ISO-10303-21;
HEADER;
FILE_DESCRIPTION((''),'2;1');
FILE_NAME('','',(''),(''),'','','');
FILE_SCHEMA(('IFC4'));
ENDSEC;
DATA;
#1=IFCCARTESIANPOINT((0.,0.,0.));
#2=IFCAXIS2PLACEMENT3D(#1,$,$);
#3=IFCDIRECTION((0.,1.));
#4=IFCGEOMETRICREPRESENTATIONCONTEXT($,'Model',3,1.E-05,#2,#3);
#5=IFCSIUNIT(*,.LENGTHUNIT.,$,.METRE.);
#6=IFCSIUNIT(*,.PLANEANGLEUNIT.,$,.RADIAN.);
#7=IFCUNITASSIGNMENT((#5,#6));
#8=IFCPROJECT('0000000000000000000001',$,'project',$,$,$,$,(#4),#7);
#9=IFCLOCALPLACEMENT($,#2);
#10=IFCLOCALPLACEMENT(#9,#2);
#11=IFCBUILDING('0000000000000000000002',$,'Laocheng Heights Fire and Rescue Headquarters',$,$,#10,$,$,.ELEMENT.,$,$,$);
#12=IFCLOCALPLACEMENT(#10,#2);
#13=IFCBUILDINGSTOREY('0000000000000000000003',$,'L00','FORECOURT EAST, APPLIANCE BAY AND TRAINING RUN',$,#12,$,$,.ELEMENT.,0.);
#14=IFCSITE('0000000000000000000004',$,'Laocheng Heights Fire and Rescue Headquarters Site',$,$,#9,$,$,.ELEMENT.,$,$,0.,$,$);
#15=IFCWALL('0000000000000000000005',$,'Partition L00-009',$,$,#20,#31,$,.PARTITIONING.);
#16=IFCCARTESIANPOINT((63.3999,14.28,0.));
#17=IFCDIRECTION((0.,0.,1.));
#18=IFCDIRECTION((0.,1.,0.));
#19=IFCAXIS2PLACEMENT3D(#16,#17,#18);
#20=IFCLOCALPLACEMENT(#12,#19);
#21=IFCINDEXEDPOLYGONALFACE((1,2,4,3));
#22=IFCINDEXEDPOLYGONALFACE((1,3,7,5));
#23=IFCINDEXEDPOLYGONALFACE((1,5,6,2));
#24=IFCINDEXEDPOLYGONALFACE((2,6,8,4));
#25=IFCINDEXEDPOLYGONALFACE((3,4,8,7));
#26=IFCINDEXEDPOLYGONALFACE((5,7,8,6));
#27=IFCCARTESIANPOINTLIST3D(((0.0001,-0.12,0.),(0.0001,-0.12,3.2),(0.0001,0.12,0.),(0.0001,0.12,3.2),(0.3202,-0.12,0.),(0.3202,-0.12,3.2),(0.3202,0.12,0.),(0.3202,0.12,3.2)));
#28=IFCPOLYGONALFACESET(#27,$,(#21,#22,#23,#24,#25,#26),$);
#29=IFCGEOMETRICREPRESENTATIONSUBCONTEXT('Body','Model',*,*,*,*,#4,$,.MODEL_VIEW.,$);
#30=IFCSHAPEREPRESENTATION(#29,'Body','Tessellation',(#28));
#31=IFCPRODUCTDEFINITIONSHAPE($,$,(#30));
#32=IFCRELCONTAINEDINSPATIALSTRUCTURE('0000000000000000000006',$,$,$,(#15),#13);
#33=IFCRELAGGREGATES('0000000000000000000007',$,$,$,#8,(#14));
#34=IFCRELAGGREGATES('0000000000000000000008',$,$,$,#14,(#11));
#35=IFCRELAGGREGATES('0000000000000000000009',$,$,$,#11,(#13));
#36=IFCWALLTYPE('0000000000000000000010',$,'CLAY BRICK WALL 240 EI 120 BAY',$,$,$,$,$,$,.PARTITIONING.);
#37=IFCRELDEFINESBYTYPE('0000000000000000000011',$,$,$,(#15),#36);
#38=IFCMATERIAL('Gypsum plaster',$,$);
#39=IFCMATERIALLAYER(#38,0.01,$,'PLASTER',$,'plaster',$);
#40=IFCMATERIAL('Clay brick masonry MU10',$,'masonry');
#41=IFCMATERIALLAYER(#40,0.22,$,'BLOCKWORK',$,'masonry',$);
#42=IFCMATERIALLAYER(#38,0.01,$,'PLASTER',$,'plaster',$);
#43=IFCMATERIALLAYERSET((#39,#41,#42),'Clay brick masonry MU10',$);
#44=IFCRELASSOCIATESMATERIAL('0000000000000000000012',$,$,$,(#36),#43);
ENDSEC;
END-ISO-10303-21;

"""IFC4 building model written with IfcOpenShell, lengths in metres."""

from ifc_helpers import new_model, si_unit, direction, frame, frame_2d, origin, place, context, subcontext, project, spatial, rectangle, extrude, material, layer, layer_set, type_object, element, save


model = new_model("IFC4")

# Units and contexts
model_context = context("Model", 3, precision=1e-05, world=origin(), true_north=direction((0.0, 1.0)))
body_context = subcontext(model_context, "Body", "Model", "MODEL_VIEW")
ifc_project = project(units=[si_unit("LENGTHUNIT", "METRE"), si_unit("PLANEANGLEUNIT", "RADIAN")], contexts=[model_context])

# Site, building, storey
site_placement = place(None, origin())
site = spatial("IfcSite", under=ifc_project, at=site_placement, Name="Laocheng Heights Fire and Rescue Headquarters Site", CompositionType="ELEMENT", RefElevation=0.0)
building_placement = place(site_placement, origin())
building = spatial("IfcBuilding", under=site, at=building_placement, Name="Laocheng Heights Fire and Rescue Headquarters", CompositionType="ELEMENT")
storey_placement = place(building_placement, origin())
storey = spatial("IfcBuildingStorey", under=building, at=storey_placement, Name="L00", Description="FORECOURT EAST, APPLIANCE BAY AND TRAINING RUN", CompositionType="ELEMENT", Elevation=0.0)

# Wall
ifc_material_1 = material(Name="Gypsum plaster")
ifc_layer_1 = layer(ifc_material_1, 0.01, Name="PLASTER", Category="plaster")
ifc_material_2 = material(Name="Clay brick masonry MU10", Category="masonry")
ifc_layer_2 = layer(ifc_material_2, 0.22, Name="BLOCKWORK", Category="masonry")
ifc_layer_3 = layer(ifc_material_1, 0.01, Name="PLASTER", Category="plaster")
ifc_layer_set_1 = layer_set([ifc_layer_1, ifc_layer_2, ifc_layer_3], Name="Clay brick masonry MU10")
wall_type_1 = type_object("IfcWallType", Name="CLAY BRICK WALL 240 EI 120 BAY", PredefinedType="PARTITIONING", material=ifc_layer_set_1)
wall_1_placement = place(storey_placement, frame((63.3999, 14.28, 0.0), z_axis=(0.0, 0.0, 1.0), x_axis=(0.0, 1.0, 0.0)))
element("IfcWall", 1, at=wall_1_placement, inside=storey, type_object=wall_type_1, Name="Partition L00-009", PredefinedType="PARTITIONING", context=body_context, shape_type="SweptSolid", body=[
    extrude(rectangle(XDim=0.3201, YDim=0.24, at=frame_2d((0.1602, 0.0))), origin(), (0.0, 0.0, 1.0), 3.2),
])

save(model, "model.ifc")
